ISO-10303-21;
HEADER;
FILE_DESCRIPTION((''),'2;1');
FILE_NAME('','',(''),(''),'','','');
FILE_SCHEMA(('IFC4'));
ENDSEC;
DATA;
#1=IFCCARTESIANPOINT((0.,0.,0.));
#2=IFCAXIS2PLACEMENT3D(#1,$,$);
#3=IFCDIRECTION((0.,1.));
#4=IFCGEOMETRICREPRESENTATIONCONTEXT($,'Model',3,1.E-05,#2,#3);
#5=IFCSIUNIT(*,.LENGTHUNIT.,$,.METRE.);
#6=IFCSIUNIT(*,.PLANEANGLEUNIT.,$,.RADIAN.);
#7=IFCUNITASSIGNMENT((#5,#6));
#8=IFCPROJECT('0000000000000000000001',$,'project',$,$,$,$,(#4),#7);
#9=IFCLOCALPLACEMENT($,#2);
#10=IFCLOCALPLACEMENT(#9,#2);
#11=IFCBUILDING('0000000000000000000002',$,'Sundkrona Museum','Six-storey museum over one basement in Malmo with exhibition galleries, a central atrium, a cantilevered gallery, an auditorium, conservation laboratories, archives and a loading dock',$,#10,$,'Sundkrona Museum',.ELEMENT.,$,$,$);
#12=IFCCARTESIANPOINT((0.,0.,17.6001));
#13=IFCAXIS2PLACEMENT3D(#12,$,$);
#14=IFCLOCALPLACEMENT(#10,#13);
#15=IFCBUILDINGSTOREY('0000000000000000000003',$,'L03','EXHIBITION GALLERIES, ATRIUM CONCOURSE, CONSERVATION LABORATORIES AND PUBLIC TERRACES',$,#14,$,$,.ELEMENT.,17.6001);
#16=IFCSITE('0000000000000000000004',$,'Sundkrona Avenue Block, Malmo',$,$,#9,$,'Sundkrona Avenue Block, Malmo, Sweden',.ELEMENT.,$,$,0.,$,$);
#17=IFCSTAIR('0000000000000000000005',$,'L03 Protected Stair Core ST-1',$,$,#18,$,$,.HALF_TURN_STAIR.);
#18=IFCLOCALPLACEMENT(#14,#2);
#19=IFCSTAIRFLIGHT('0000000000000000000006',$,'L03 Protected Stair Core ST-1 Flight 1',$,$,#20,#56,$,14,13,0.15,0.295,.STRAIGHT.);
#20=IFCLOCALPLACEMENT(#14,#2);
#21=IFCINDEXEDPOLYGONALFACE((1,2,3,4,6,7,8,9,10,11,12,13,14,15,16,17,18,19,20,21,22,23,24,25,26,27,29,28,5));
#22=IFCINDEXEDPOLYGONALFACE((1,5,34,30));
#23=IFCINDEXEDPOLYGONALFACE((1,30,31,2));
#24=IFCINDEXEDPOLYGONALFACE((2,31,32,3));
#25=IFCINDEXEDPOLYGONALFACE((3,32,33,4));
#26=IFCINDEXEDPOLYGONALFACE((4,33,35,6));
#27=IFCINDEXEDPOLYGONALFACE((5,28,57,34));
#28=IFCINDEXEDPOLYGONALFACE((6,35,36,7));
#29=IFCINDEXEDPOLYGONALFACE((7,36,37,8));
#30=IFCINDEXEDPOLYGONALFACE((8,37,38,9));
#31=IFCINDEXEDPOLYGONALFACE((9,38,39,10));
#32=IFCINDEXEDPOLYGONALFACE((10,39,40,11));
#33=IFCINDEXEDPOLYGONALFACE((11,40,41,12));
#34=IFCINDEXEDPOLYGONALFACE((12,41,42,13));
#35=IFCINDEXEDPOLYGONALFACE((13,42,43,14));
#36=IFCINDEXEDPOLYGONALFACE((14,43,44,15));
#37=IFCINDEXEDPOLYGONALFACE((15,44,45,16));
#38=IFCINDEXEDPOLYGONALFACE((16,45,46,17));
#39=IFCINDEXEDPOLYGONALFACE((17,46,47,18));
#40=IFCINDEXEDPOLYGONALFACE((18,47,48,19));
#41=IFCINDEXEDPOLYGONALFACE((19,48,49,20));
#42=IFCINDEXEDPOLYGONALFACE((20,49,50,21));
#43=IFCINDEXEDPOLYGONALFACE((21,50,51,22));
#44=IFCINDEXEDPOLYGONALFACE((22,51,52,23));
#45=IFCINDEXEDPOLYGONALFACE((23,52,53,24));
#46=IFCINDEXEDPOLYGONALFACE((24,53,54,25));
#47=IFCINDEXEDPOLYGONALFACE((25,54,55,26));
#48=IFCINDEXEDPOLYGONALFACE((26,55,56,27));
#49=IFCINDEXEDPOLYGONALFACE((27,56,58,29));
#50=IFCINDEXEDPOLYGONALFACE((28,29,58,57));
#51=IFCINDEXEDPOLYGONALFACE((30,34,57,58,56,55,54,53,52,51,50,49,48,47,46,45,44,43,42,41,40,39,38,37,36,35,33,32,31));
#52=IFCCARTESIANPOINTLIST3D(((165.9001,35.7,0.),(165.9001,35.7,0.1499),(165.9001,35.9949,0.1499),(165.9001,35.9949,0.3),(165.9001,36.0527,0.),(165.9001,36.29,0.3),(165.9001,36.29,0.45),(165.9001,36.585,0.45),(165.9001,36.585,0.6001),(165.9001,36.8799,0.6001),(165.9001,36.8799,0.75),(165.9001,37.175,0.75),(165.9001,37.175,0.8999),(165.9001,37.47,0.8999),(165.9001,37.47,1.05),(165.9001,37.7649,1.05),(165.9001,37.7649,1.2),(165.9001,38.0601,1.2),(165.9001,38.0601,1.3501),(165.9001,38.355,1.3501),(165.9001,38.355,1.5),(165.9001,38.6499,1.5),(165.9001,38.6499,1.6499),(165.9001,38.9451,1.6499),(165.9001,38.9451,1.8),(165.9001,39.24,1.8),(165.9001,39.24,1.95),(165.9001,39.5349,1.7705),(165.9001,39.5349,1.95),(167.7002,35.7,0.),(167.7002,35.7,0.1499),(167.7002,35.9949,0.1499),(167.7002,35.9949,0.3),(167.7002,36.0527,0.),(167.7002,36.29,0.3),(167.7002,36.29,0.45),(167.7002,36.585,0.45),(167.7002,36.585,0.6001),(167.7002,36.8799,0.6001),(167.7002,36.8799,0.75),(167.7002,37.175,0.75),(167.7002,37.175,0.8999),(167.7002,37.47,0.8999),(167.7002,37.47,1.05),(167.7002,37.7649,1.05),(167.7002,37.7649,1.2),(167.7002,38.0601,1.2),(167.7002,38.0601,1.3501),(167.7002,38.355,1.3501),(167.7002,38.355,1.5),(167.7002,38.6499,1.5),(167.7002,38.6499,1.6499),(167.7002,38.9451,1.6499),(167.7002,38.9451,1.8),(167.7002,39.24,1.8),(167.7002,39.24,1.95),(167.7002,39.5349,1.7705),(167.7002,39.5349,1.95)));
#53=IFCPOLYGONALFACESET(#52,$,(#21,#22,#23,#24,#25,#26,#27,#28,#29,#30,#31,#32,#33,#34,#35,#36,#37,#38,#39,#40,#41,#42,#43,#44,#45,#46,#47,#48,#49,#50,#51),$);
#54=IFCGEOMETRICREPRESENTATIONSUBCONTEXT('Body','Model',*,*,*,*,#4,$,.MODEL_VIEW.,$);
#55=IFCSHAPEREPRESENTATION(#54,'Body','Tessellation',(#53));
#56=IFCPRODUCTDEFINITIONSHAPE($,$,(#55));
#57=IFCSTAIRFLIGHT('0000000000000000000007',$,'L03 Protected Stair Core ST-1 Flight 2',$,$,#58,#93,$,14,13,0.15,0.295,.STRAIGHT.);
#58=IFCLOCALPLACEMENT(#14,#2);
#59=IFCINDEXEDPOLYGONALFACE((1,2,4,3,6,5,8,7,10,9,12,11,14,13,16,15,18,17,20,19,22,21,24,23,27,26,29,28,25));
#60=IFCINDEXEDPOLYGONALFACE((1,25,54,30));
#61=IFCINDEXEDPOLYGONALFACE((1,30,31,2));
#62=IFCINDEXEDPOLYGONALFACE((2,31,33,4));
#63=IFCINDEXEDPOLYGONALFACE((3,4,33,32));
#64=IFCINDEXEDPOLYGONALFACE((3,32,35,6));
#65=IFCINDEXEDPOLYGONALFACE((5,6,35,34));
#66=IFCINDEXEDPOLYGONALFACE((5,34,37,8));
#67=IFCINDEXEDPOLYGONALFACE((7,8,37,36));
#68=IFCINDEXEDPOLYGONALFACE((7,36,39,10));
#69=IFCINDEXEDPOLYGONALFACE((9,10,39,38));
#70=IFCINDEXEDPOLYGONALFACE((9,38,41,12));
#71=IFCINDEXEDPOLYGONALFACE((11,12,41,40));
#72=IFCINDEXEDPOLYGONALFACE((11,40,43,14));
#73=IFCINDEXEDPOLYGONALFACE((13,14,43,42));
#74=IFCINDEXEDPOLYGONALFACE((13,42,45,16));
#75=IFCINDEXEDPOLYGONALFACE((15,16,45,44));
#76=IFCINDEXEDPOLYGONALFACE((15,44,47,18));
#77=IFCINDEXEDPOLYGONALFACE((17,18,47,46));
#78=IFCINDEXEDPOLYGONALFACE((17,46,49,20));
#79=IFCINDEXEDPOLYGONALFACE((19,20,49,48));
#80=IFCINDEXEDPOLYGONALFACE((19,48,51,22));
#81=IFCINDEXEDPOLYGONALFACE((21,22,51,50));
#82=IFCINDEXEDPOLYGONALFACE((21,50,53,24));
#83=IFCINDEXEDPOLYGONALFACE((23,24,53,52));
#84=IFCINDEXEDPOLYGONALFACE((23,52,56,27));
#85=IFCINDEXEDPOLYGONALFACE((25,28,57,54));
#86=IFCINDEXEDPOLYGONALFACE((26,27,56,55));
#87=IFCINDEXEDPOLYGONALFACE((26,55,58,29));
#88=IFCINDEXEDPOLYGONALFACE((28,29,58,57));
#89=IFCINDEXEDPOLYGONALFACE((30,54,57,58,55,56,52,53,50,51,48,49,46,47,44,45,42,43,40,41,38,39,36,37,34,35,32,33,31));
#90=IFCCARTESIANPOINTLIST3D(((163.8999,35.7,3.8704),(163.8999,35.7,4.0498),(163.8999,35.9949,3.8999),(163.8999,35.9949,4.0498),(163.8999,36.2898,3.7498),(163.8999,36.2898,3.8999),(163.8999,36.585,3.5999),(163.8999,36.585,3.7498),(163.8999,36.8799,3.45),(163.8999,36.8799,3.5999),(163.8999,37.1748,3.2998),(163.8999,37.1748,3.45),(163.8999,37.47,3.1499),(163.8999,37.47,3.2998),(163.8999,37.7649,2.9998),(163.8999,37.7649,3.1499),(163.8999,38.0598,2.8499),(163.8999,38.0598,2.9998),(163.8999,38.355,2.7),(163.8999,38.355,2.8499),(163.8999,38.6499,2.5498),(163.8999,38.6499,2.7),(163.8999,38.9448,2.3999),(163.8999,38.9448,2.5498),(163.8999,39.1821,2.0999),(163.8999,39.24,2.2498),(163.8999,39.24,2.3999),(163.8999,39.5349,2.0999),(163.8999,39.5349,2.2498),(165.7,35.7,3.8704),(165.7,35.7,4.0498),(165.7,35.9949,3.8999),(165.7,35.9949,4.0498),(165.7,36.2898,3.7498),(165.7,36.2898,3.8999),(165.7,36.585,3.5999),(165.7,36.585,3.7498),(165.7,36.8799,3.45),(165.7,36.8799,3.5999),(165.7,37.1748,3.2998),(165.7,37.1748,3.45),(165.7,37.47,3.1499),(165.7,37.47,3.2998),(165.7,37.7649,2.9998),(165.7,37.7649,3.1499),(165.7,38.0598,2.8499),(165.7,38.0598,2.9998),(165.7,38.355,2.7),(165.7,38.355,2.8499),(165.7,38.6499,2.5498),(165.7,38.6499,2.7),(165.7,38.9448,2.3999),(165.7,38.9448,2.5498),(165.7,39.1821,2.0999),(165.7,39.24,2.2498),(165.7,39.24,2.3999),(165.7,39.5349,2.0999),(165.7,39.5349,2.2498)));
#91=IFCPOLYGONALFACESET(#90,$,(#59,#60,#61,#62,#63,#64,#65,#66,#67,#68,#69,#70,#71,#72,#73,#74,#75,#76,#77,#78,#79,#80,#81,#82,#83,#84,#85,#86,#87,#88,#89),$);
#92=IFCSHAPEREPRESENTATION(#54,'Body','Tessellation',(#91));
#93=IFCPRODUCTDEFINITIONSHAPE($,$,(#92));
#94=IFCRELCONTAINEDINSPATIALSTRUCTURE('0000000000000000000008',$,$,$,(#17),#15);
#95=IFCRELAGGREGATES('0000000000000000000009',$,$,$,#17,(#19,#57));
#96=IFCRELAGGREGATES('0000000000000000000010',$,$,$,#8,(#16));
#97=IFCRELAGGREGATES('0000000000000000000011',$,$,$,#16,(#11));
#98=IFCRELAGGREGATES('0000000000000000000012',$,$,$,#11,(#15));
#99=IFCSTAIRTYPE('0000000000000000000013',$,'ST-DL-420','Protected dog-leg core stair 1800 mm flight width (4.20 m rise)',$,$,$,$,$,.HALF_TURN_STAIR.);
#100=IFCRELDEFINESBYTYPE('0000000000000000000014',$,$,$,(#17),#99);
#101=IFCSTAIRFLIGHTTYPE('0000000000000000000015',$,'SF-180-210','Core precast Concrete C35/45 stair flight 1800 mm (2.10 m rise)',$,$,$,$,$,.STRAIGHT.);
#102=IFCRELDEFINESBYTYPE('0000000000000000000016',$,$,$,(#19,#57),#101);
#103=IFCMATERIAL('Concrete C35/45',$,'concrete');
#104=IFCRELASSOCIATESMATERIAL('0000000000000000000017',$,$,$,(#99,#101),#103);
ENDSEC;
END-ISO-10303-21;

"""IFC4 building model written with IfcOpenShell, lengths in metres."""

from ifc_helpers import new_model, si_unit, direction, frame, origin, place, context, subcontext, project, spatial, polyline, outline, extrude, material, type_object, element, aggregate, save


model = new_model("IFC4")

# Units and contexts
model_context = context("Model", 3, precision=1e-05, world=origin(), true_north=direction((0.0, 1.0)))
body_context = subcontext(model_context, "Body", "Model", "MODEL_VIEW")
ifc_project = project(units=[si_unit("LENGTHUNIT", "METRE"), si_unit("PLANEANGLEUNIT", "RADIAN")], contexts=[model_context])

# Site, building, storey
site_placement = place(None, origin())
site = spatial("IfcSite", under=ifc_project, at=site_placement, Name="Sundkrona Avenue Block, Malmo", LongName="Sundkrona Avenue Block, Malmo, Sweden", CompositionType="ELEMENT", RefElevation=0.0)
building_placement = place(site_placement, origin())
building = spatial("IfcBuilding", under=site, at=building_placement, Name="Sundkrona Museum", Description="Six-storey museum over one basement in Malmo with exhibition galleries, a central atrium, a cantilevered gallery, an auditorium, conservation laboratories, archives and a loading dock", LongName="Sundkrona Museum", CompositionType="ELEMENT")
storey_placement = place(building_placement, frame((0.0, 0.0, 17.6001)))
storey = spatial("IfcBuildingStorey", under=building, at=storey_placement, Name="L03", Description="EXHIBITION GALLERIES, ATRIUM CONCOURSE, CONSERVATION LABORATORIES AND PUBLIC TERRACES", CompositionType="ELEMENT", Elevation=17.6001)

# Stair, stair flights
ifc_material_1 = material(Name="Concrete C35/45", Category="concrete")
stair_type = type_object("IfcStairType", Name="ST-DL-420", Description="Protected dog-leg core stair 1800 mm flight width (4.20 m rise)", PredefinedType="HALF_TURN_STAIR", material=ifc_material_1)
stair_placement = place(storey_placement, origin())
stair = element("IfcStair", 1, at=stair_placement, inside=storey, type_object=stair_type, Name="L03 Protected Stair Core ST-1", PredefinedType="HALF_TURN_STAIR")
stair_flight_type = type_object("IfcStairFlightType", Name="SF-180-210", Description="Core precast Concrete C35/45 stair flight 1800 mm (2.10 m rise)", PredefinedType="STRAIGHT", material=ifc_material_1)
stair_flight_1_placement = place(storey_placement, frame((166.8, 35.7, 0.0), z_axis=(0.0, 0.0, 1.0), x_axis=(0.0, 1.0, 0.0)))
stair_flight_1 = element("IfcStairFlight", 2, at=stair_flight_1_placement, type_object=stair_flight_type, Name="L03 Protected Stair Core ST-1 Flight 1", NumberOfRisers=14, NumberOfTreads=13, PredefinedType="STRAIGHT", RiserHeight=0.15, TreadLength=0.295, context=body_context, shape_type="SweptSolid", body=[
    extrude(outline(polyline([(0.0, 0.0), (0.0, 0.1499), (0.2949, 0.1499), (0.2949, 0.3), (0.5901, 0.3), (0.5901, 0.45), (0.885, 0.45), (0.885, 0.6001), (1.1799, 0.6001), (1.1799, 0.75), (1.4751, 0.75), (1.4751, 0.8999), (1.77, 0.8999), (1.77, 1.05), (2.0649, 1.05), (2.0649, 1.2), (2.3601, 1.2), (2.3601, 1.3501), (2.655, 1.3501), (2.655, 1.5), (2.95, 1.5), (2.95, 1.6499), (3.2451, 1.6499), (3.2451, 1.8), (3.54, 1.8), (3.54, 1.95), (3.835, 1.95), (3.835, 2.1001), (3.835, 1.7705), (0.3528, 0.0), (0.0, 0.0)])), frame((0.0, 0.8999, 0.0), z_axis=(0.0, -1.0, 0.0), x_axis=(1.0, 0.0, 0.0)), (0.0, 0.0, 1.0), 1.8),
])
stair_flight_2_placement = place(storey_placement, frame((164.8, 39.5349, 2.0999), z_axis=(0.0, 0.0, 1.0), x_axis=(0.0, -1.0, 0.0)))
stair_flight_2 = element("IfcStairFlight", 3, at=stair_flight_2_placement, type_object=stair_flight_type, Name="L03 Protected Stair Core ST-1 Flight 2", NumberOfRisers=14, NumberOfTreads=13, PredefinedType="STRAIGHT", RiserHeight=0.15, TreadLength=0.295, context=body_context, shape_type="SweptSolid", body=[
    extrude(outline(polyline([(0.0, 0.0), (0.0, 0.1499), (0.2949, 0.1499), (0.2949, 0.3), (0.5901, 0.3), (0.5901, 0.45), (0.885, 0.45), (0.885, 0.6001), (1.1799, 0.6001), (1.1799, 0.75), (1.4751, 0.75), (1.4751, 0.8999), (1.77, 0.8999), (1.77, 1.05), (2.0649, 1.05), (2.0649, 1.2), (2.3601, 1.2), (2.3601, 1.3501), (2.655, 1.3501), (2.655, 1.5), (2.95, 1.5), (2.95, 1.6499), (3.2451, 1.6499), (3.2451, 1.8), (3.54, 1.8), (3.54, 1.95), (3.835, 1.95), (3.835, 2.1001), (3.835, 1.7705), (0.3528, 0.0), (0.0, 0.0)])), frame((0.0, 0.8999, 0.0), z_axis=(0.0, -1.0, 0.0), x_axis=(1.0, 0.0, 0.0)), (0.0, 0.0, 1.0), 1.8),
])
aggregate(stair, [stair_flight_1, stair_flight_2])

save(model, "model.ifc")
